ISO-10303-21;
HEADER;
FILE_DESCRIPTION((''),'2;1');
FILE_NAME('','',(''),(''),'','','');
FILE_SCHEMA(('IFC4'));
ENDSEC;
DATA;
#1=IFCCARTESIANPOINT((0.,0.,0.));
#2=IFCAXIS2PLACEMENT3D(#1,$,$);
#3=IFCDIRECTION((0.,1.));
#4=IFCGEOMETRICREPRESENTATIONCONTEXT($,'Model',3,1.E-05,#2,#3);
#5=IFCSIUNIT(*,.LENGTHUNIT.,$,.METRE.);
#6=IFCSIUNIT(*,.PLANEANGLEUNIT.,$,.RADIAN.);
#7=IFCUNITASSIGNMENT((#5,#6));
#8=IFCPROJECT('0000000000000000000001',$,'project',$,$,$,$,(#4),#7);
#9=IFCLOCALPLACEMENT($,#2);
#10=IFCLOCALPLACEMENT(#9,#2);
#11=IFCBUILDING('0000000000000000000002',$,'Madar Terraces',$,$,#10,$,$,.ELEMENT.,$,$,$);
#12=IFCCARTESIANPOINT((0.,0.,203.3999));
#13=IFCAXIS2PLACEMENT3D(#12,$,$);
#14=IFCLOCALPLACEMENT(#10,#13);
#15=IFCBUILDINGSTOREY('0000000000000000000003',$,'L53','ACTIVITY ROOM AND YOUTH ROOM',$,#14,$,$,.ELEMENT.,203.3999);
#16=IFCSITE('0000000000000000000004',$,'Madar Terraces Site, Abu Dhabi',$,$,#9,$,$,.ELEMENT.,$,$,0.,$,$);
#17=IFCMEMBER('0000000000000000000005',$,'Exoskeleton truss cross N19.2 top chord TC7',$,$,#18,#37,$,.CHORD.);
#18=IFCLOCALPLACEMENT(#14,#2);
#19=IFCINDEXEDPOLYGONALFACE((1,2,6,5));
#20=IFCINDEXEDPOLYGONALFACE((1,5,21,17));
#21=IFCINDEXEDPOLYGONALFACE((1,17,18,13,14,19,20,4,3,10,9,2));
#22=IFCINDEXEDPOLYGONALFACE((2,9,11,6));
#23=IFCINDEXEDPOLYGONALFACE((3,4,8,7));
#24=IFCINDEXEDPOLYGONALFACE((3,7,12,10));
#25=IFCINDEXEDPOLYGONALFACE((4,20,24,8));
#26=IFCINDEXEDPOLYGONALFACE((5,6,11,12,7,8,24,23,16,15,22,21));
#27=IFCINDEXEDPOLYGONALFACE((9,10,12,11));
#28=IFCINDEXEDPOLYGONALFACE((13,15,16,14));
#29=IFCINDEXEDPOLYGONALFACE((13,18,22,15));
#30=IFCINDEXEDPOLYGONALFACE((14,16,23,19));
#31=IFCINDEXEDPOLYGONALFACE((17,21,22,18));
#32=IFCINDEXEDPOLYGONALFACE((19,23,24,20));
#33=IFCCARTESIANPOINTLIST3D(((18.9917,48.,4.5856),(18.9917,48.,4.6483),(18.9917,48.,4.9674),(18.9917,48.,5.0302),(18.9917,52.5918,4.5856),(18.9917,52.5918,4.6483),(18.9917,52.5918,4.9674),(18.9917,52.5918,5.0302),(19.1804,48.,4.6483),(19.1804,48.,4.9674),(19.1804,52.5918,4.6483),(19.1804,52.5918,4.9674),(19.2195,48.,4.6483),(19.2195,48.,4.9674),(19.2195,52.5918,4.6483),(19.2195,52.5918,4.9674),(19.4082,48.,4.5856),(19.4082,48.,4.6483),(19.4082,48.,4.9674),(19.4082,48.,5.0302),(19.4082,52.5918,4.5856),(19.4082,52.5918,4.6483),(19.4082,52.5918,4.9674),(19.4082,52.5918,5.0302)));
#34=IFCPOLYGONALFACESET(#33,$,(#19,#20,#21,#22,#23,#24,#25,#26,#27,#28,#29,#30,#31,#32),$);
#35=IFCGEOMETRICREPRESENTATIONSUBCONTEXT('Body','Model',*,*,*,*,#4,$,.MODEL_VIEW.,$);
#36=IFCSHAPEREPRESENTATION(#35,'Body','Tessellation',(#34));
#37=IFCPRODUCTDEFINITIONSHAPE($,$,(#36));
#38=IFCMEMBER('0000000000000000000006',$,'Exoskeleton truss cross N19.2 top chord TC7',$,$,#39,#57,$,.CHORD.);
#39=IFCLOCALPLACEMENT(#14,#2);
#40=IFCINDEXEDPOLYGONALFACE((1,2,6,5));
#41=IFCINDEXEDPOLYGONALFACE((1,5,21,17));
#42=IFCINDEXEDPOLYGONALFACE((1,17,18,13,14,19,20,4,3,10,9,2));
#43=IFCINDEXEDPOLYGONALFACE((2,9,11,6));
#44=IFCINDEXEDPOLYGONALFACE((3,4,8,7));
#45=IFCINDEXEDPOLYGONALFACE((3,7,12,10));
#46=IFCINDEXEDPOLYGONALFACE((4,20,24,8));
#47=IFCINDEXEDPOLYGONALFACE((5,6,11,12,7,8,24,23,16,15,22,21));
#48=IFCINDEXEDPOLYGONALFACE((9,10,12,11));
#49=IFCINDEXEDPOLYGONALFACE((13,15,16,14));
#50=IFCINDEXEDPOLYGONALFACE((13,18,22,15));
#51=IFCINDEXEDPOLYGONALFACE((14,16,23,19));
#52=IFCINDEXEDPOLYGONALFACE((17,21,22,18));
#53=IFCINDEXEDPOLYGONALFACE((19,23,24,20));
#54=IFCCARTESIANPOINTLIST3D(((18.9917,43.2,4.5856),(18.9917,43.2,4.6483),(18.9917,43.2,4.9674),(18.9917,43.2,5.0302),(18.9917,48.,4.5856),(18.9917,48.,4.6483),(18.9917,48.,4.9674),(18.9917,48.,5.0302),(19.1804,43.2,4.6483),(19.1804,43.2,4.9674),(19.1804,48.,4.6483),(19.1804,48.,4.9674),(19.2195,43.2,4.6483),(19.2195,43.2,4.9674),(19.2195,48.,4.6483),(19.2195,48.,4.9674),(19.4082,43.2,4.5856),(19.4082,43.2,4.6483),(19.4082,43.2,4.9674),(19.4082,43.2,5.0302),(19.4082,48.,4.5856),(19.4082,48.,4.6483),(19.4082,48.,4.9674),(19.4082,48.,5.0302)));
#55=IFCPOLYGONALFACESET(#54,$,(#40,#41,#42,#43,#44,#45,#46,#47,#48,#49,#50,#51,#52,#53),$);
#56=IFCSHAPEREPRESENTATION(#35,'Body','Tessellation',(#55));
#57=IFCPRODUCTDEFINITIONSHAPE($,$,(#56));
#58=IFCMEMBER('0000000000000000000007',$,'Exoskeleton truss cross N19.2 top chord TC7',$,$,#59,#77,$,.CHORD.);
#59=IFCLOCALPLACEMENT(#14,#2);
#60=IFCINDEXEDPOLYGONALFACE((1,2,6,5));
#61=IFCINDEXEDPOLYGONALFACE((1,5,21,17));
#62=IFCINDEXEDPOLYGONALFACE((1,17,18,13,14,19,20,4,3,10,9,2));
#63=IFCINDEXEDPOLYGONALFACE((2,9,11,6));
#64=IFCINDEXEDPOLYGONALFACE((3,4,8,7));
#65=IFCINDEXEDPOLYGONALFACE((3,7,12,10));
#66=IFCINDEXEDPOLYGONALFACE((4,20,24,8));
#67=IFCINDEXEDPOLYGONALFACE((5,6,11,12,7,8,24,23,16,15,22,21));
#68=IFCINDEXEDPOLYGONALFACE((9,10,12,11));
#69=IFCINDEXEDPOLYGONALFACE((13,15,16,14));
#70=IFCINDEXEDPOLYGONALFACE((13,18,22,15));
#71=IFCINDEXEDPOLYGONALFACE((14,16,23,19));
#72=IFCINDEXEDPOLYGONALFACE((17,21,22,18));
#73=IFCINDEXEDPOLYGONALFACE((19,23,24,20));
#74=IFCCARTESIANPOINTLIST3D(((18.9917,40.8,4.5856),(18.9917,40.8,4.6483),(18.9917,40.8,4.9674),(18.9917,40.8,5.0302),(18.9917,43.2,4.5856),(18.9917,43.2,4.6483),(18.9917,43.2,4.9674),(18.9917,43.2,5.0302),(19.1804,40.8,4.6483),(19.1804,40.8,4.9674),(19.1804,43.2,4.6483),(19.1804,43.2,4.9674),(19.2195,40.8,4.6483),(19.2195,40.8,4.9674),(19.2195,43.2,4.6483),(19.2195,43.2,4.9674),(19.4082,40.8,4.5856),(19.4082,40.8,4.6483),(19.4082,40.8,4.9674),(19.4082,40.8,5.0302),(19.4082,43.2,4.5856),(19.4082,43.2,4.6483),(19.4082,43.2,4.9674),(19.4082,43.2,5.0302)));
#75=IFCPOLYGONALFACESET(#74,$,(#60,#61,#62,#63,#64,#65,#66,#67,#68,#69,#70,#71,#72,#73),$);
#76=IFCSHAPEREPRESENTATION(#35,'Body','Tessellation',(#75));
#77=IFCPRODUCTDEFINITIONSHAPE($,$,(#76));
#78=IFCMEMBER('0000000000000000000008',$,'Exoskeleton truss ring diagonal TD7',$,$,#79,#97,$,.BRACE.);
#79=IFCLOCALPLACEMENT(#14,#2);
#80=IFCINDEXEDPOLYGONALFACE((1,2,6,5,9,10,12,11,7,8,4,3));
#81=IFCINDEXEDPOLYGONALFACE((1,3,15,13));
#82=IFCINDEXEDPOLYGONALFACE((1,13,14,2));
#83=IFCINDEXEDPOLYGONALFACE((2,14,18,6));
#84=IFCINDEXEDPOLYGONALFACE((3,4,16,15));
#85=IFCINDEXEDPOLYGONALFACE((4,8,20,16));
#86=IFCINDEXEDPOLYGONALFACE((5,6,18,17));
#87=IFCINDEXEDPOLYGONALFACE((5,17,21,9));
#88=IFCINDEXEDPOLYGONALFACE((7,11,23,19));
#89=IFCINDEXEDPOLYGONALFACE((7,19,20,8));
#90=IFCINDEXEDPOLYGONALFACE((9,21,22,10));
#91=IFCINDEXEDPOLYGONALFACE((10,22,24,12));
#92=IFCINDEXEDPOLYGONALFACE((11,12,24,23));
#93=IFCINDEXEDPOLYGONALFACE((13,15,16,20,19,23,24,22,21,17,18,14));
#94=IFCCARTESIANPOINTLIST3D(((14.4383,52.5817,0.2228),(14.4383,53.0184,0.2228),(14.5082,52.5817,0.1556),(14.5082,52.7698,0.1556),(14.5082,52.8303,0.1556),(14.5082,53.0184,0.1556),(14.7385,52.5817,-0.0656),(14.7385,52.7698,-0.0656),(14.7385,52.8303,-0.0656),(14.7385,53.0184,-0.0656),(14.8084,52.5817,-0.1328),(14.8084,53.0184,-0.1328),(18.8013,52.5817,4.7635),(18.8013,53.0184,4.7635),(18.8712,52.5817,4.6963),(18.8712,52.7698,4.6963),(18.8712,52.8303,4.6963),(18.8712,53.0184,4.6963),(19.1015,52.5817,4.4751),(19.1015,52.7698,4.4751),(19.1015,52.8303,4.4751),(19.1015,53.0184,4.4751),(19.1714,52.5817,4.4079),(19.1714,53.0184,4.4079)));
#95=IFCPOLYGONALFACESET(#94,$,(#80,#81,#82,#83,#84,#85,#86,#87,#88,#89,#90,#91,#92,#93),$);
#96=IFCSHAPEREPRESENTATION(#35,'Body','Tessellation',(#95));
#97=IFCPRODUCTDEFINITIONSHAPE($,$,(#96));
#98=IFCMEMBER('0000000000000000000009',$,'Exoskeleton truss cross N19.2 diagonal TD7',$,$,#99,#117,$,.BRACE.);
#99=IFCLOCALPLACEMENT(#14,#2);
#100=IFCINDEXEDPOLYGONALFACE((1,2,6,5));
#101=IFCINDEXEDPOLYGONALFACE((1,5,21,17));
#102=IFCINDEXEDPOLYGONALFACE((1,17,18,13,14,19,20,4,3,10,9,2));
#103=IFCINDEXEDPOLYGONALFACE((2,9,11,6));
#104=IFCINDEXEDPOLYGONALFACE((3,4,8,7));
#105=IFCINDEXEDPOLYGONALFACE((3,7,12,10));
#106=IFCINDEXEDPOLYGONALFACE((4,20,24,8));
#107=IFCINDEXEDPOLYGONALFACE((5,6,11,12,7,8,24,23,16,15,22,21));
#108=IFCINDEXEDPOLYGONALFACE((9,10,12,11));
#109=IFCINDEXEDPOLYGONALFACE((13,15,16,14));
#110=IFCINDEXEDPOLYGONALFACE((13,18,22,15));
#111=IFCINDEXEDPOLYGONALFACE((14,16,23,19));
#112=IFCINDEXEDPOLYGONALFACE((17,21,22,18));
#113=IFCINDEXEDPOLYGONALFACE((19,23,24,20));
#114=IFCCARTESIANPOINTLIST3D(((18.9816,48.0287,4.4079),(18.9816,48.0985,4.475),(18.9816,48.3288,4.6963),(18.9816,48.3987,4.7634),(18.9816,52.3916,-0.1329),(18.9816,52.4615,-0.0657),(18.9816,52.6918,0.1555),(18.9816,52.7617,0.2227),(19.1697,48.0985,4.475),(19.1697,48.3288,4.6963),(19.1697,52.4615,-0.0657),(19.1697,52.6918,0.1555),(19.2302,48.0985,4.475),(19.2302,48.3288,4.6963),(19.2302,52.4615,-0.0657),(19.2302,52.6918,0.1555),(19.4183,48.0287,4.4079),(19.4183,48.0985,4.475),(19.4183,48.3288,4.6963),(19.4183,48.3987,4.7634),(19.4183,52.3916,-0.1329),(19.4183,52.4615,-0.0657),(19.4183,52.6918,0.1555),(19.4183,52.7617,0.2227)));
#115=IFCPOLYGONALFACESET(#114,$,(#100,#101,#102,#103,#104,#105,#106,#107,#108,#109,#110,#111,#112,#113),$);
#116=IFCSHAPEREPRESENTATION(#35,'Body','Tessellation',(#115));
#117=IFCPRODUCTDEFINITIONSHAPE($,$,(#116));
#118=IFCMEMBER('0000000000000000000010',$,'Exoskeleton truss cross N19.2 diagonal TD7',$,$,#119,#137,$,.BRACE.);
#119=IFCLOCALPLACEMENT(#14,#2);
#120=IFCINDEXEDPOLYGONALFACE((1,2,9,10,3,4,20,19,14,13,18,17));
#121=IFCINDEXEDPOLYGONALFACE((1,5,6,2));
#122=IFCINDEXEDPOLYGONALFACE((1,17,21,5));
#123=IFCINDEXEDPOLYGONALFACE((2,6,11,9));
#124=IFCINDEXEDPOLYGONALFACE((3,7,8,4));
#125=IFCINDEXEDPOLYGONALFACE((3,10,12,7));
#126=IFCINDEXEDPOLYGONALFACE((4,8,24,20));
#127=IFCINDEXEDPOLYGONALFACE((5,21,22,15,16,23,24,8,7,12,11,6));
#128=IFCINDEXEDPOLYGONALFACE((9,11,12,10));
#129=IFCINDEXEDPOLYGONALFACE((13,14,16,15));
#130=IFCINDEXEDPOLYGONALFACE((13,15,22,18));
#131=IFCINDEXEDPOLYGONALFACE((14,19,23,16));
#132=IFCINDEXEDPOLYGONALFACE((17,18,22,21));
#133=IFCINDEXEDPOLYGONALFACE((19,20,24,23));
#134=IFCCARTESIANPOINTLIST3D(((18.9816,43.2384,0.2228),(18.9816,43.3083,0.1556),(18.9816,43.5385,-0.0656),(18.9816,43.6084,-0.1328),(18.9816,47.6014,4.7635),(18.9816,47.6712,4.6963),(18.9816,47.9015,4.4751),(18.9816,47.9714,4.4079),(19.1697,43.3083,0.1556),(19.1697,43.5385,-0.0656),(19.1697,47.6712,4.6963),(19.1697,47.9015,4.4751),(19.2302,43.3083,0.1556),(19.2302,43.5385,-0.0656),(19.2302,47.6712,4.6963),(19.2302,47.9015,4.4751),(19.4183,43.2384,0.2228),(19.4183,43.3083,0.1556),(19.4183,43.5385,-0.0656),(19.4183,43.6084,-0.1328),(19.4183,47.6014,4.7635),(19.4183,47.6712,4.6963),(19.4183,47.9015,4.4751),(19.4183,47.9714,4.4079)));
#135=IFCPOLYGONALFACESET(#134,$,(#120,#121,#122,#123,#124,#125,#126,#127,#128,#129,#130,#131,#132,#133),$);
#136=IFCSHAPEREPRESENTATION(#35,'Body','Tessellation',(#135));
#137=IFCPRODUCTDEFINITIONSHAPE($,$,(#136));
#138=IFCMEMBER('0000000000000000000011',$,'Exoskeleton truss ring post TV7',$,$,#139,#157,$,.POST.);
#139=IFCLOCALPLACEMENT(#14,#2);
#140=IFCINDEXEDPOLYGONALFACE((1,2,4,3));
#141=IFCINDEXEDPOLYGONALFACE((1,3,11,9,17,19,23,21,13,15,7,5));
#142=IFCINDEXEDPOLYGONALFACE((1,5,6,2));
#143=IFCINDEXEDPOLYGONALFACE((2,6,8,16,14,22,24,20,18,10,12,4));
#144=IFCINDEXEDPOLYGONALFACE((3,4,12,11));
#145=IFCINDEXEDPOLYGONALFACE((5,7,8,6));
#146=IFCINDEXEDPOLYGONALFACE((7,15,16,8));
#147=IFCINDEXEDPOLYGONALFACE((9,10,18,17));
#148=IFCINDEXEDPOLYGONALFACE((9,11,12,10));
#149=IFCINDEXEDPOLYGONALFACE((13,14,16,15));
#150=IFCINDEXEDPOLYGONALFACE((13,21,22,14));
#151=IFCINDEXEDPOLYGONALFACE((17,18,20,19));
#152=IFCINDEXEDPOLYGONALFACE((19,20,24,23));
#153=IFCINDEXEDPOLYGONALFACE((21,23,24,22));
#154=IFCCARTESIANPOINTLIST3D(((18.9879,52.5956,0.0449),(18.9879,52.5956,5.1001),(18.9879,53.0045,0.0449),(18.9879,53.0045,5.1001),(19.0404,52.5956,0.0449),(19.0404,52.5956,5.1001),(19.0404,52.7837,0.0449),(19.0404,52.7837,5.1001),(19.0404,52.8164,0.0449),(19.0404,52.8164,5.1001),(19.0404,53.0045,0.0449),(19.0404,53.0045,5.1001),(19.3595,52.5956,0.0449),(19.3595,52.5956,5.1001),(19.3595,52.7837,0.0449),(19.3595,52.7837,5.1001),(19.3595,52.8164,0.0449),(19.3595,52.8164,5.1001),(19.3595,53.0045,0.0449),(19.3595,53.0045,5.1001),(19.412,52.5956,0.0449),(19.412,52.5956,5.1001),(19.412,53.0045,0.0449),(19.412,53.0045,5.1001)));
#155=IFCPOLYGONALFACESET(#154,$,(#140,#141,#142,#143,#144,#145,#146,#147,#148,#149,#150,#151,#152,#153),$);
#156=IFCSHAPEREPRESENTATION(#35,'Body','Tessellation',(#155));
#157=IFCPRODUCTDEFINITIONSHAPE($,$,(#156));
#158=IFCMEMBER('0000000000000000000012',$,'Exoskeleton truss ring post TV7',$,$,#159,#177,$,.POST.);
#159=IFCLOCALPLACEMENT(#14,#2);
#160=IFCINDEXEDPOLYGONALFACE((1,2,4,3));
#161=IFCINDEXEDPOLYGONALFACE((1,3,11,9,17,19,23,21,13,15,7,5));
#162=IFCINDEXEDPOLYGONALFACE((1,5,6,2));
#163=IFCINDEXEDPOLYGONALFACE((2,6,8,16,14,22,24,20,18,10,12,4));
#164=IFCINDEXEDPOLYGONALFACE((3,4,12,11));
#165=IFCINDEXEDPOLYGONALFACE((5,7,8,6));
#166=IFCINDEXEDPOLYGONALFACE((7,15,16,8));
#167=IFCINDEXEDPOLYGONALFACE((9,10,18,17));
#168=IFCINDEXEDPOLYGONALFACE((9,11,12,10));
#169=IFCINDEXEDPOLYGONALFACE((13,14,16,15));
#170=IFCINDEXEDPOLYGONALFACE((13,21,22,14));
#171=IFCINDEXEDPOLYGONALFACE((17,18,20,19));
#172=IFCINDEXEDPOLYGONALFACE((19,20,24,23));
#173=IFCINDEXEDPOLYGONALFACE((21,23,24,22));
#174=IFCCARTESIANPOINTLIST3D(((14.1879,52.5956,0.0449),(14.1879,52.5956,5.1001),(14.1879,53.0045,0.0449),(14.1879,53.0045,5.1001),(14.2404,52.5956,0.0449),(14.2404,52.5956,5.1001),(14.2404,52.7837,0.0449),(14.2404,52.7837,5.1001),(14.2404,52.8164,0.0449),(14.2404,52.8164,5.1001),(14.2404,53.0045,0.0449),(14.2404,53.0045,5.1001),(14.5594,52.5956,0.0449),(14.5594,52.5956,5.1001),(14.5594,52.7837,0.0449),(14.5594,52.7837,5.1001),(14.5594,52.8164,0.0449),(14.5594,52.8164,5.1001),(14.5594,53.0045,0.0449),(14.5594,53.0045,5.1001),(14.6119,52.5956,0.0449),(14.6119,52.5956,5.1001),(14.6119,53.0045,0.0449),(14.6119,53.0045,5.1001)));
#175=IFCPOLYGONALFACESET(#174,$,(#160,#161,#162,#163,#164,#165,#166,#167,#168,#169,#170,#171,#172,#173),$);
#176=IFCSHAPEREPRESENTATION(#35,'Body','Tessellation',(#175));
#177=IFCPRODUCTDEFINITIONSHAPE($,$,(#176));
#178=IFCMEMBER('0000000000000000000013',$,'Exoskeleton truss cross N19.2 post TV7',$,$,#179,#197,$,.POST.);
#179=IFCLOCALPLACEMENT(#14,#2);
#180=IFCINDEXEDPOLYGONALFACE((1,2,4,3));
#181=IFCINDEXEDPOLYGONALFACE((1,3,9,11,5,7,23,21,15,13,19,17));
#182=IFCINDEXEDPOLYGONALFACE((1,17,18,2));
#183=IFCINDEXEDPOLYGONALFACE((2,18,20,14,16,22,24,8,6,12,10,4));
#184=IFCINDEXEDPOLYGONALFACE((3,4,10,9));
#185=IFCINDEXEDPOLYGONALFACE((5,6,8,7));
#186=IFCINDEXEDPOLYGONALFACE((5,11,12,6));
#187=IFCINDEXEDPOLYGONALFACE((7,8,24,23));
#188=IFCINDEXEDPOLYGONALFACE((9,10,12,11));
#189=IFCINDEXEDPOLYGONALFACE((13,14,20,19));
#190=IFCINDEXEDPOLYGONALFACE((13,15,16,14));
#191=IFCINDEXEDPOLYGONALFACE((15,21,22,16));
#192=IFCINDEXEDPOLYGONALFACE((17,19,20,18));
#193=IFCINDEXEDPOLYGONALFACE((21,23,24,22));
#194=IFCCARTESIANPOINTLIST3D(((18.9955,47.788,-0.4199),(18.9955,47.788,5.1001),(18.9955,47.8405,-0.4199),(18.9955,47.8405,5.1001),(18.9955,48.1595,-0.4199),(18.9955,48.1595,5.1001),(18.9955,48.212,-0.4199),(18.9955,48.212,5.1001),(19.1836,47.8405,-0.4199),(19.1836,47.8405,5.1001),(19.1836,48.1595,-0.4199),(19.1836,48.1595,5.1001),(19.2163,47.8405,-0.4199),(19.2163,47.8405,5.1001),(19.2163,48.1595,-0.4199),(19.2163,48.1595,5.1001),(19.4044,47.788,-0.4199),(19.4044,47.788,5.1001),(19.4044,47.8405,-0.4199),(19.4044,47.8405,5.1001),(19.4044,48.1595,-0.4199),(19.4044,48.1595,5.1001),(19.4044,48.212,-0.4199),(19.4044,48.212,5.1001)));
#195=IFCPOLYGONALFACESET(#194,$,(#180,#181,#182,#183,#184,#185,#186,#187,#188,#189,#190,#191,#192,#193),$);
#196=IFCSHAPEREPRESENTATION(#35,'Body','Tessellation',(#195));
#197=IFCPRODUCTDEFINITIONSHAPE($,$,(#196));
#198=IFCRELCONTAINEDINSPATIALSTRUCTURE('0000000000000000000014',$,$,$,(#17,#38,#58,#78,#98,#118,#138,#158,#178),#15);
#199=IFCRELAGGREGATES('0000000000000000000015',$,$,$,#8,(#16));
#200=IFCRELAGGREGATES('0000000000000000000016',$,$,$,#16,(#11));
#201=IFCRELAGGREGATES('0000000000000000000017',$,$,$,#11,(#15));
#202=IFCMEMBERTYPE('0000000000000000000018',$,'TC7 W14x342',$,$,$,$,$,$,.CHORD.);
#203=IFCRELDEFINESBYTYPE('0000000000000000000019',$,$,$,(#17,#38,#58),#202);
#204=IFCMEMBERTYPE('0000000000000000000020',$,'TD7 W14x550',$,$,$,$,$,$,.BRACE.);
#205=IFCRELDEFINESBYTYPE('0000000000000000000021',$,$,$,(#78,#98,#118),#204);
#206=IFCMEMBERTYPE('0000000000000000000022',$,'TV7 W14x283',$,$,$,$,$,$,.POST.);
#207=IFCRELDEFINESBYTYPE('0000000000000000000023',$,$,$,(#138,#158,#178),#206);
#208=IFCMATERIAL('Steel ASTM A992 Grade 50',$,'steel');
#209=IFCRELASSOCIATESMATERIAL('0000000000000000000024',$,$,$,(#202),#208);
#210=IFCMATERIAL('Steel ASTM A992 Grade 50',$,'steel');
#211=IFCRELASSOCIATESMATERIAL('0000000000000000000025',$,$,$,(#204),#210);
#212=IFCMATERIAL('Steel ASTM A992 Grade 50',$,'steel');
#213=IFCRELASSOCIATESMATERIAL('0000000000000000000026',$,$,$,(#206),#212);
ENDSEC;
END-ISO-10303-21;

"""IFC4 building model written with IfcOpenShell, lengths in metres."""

from ifc_helpers import new_model, si_unit, direction, frame, origin, origin_2d, place, context, subcontext, project, spatial, i_section, extrude, material, material_profile, profile_set, type_object, element, save


model = new_model("IFC4")

# Units and contexts
model_context = context("Model", 3, precision=1e-05, world=origin(), true_north=direction((0.0, 1.0)))
body_context = subcontext(model_context, "Body", "Model", "MODEL_VIEW")
ifc_project = project(units=[si_unit("LENGTHUNIT", "METRE"), si_unit("PLANEANGLEUNIT", "RADIAN")], contexts=[model_context])

# Site, building, storey
site_placement = place(None, origin())
site = spatial("IfcSite", under=ifc_project, at=site_placement, Name="Madar Terraces Site, Abu Dhabi", CompositionType="ELEMENT", RefElevation=0.0)
building_placement = place(site_placement, origin())
building = spatial("IfcBuilding", under=site, at=building_placement, Name="Madar Terraces", CompositionType="ELEMENT")
storey_placement = place(building_placement, frame((0.0, 0.0, 203.3999)))
storey = spatial("IfcBuildingStorey", under=building, at=storey_placement, Name="L53", Description="ACTIVITY ROOM AND YOUTH ROOM", CompositionType="ELEMENT", Elevation=203.3999)

# Members
ifc_material_1 = material(Name="Steel ASTM A992 Grade 50", Category="steel")
ifc_material_profile_1 = material_profile(ifc_material_1, i_section(OverallWidth=0.4165, OverallDepth=0.4446, WebThickness=0.0391, FlangeThickness=0.0627, at=origin_2d()), Name="W14x342")
ifc_profile_set_1 = profile_set([ifc_material_profile_1], Name="Steel ASTM A992 Grade 50")
member_type_1 = type_object("IfcMemberType", Name="TC7 W14x342", PredefinedType="CHORD", material=ifc_profile_set_1)
member_1_placement = place(storey_placement, frame((19.2, 52.5918, 4.8079), z_axis=(0.0, -1.0, 0.0), x_axis=(1.0, 0.0, 0.0)))
element("IfcMember", 1, at=member_1_placement, inside=storey, type_object=member_type_1, Name="Exoskeleton truss cross N19.2 top chord TC7", PredefinedType="CHORD", context=body_context, shape_type="SweptSolid", body=[
    extrude(i_section(OverallWidth=0.4165, OverallDepth=0.4446, WebThickness=0.0391, FlangeThickness=0.0627, at=origin_2d()), origin(), (0.0, 0.0, 1.0), 4.5918),
])
member_2_placement = place(storey_placement, frame((19.2, 48.0, 4.8079), z_axis=(0.0, -1.0, 0.0), x_axis=(1.0, 0.0, 0.0)))
element("IfcMember", 2, at=member_2_placement, inside=storey, type_object=member_type_1, Name="Exoskeleton truss cross N19.2 top chord TC7", PredefinedType="CHORD", context=body_context, shape_type="SweptSolid", body=[
    extrude(i_section(OverallWidth=0.4165, OverallDepth=0.4446, WebThickness=0.0391, FlangeThickness=0.0627, at=origin_2d()), origin(), (0.0, 0.0, 1.0), 4.8),
])
member_3_placement = place(storey_placement, frame((19.2, 43.2, 4.8079), z_axis=(0.0, -1.0, 0.0), x_axis=(1.0, 0.0, 0.0)))
element("IfcMember", 3, at=member_3_placement, inside=storey, type_object=member_type_1, Name="Exoskeleton truss cross N19.2 top chord TC7", PredefinedType="CHORD", context=body_context, shape_type="SweptSolid", body=[
    extrude(i_section(OverallWidth=0.4165, OverallDepth=0.4446, WebThickness=0.0391, FlangeThickness=0.0627, at=origin_2d()), origin(), (0.0, 0.0, 1.0), 2.3999),
])
ifc_material_2 = material(Name="Steel ASTM A992 Grade 50", Category="steel")
ifc_material_profile_2 = material_profile(ifc_material_2, i_section(OverallWidth=0.4368, OverallDepth=0.5132, WebThickness=0.0605, FlangeThickness=0.0969, at=origin_2d()), Name="W14x550")
ifc_profile_set_2 = profile_set([ifc_material_profile_2], Name="Steel ASTM A992 Grade 50")
member_type_2 = type_object("IfcMemberType", Name="TD7 W14x550", PredefinedType="BRACE", material=ifc_profile_set_2)
for number, where, z_axis, x_axis, name in (
    (4, (18.9863, 52.8, 4.5857), (-0.692854, 0.0, -0.721078), (0.0, -1.0, 0.0), "Exoskeleton truss ring diagonal TD7"),
    (5, (19.2, 52.5767, 0.0449), (0.0, -0.692854, 0.721078), (1.0, 0.0, 0.0), "Exoskeleton truss cross N19.2 diagonal TD7"),
    (6, (19.2, 47.7864, 4.5857), (0.0, -0.692854, -0.721078), (1.0, 0.0, 0.0), "Exoskeleton truss cross N19.2 diagonal TD7"),
):
    element("IfcMember", number, at=place(storey_placement, frame(where, z_axis=z_axis, x_axis=x_axis)), inside=storey, type_object=member_type_2, Name=name, PredefinedType="BRACE", context=body_context, shape_type="SweptSolid", body=[
        extrude(i_section(OverallWidth=0.4368, OverallDepth=0.5132, WebThickness=0.0605, FlangeThickness=0.0969, at=origin_2d()), origin(), (0.0, 0.0, 1.0), 6.2971),
    ])
ifc_material_3 = material(Name="Steel ASTM A992 Grade 50", Category="steel")
ifc_material_profile_3 = material_profile(ifc_material_3, i_section(OverallWidth=0.4089, OverallDepth=0.4241, WebThickness=0.0327, FlangeThickness=0.0525, at=origin_2d()), Name="W14x283")
ifc_profile_set_3 = profile_set([ifc_material_profile_3], Name="Steel ASTM A992 Grade 50")
member_type_3 = type_object("IfcMemberType", Name="TV7 W14x283", PredefinedType="POST", material=ifc_profile_set_3)
for number, where, z_axis, x_axis, name in (
    (7, (19.2, 52.8, 0.0449), (0.0, 0.0, 1.0), (0.0, -1.0, 0.0), "Exoskeleton truss ring post TV7"),
    (8, (14.3999, 52.8, 0.0449), (0.0, 0.0, 1.0), (0.0, -1.0, 0.0), "Exoskeleton truss ring post TV7"),
):
    element("IfcMember", number, at=place(storey_placement, frame(where, z_axis=z_axis, x_axis=x_axis)), inside=storey, type_object=member_type_3, Name=name, PredefinedType="POST", context=body_context, shape_type="SweptSolid", body=[
        extrude(i_section(OverallWidth=0.4089, OverallDepth=0.4241, WebThickness=0.0327, FlangeThickness=0.0525, at=origin_2d()), origin(), (0.0, 0.0, 1.0), 5.0552),
    ])
member_4_placement = place(storey_placement, frame((19.2, 48.0, -0.4199), z_axis=(0.0, 0.0, 1.0), x_axis=(-1.0, 0.0, 0.0)))
element("IfcMember", 9, at=member_4_placement, inside=storey, type_object=member_type_3, Name="Exoskeleton truss cross N19.2 post TV7", PredefinedType="POST", context=body_context, shape_type="SweptSolid", body=[
    extrude(i_section(OverallWidth=0.4089, OverallDepth=0.4241, WebThickness=0.0327, FlangeThickness=0.0525, at=origin_2d()), origin(), (0.0, 0.0, 1.0), 5.52),
])

save(model, "model.ifc")
